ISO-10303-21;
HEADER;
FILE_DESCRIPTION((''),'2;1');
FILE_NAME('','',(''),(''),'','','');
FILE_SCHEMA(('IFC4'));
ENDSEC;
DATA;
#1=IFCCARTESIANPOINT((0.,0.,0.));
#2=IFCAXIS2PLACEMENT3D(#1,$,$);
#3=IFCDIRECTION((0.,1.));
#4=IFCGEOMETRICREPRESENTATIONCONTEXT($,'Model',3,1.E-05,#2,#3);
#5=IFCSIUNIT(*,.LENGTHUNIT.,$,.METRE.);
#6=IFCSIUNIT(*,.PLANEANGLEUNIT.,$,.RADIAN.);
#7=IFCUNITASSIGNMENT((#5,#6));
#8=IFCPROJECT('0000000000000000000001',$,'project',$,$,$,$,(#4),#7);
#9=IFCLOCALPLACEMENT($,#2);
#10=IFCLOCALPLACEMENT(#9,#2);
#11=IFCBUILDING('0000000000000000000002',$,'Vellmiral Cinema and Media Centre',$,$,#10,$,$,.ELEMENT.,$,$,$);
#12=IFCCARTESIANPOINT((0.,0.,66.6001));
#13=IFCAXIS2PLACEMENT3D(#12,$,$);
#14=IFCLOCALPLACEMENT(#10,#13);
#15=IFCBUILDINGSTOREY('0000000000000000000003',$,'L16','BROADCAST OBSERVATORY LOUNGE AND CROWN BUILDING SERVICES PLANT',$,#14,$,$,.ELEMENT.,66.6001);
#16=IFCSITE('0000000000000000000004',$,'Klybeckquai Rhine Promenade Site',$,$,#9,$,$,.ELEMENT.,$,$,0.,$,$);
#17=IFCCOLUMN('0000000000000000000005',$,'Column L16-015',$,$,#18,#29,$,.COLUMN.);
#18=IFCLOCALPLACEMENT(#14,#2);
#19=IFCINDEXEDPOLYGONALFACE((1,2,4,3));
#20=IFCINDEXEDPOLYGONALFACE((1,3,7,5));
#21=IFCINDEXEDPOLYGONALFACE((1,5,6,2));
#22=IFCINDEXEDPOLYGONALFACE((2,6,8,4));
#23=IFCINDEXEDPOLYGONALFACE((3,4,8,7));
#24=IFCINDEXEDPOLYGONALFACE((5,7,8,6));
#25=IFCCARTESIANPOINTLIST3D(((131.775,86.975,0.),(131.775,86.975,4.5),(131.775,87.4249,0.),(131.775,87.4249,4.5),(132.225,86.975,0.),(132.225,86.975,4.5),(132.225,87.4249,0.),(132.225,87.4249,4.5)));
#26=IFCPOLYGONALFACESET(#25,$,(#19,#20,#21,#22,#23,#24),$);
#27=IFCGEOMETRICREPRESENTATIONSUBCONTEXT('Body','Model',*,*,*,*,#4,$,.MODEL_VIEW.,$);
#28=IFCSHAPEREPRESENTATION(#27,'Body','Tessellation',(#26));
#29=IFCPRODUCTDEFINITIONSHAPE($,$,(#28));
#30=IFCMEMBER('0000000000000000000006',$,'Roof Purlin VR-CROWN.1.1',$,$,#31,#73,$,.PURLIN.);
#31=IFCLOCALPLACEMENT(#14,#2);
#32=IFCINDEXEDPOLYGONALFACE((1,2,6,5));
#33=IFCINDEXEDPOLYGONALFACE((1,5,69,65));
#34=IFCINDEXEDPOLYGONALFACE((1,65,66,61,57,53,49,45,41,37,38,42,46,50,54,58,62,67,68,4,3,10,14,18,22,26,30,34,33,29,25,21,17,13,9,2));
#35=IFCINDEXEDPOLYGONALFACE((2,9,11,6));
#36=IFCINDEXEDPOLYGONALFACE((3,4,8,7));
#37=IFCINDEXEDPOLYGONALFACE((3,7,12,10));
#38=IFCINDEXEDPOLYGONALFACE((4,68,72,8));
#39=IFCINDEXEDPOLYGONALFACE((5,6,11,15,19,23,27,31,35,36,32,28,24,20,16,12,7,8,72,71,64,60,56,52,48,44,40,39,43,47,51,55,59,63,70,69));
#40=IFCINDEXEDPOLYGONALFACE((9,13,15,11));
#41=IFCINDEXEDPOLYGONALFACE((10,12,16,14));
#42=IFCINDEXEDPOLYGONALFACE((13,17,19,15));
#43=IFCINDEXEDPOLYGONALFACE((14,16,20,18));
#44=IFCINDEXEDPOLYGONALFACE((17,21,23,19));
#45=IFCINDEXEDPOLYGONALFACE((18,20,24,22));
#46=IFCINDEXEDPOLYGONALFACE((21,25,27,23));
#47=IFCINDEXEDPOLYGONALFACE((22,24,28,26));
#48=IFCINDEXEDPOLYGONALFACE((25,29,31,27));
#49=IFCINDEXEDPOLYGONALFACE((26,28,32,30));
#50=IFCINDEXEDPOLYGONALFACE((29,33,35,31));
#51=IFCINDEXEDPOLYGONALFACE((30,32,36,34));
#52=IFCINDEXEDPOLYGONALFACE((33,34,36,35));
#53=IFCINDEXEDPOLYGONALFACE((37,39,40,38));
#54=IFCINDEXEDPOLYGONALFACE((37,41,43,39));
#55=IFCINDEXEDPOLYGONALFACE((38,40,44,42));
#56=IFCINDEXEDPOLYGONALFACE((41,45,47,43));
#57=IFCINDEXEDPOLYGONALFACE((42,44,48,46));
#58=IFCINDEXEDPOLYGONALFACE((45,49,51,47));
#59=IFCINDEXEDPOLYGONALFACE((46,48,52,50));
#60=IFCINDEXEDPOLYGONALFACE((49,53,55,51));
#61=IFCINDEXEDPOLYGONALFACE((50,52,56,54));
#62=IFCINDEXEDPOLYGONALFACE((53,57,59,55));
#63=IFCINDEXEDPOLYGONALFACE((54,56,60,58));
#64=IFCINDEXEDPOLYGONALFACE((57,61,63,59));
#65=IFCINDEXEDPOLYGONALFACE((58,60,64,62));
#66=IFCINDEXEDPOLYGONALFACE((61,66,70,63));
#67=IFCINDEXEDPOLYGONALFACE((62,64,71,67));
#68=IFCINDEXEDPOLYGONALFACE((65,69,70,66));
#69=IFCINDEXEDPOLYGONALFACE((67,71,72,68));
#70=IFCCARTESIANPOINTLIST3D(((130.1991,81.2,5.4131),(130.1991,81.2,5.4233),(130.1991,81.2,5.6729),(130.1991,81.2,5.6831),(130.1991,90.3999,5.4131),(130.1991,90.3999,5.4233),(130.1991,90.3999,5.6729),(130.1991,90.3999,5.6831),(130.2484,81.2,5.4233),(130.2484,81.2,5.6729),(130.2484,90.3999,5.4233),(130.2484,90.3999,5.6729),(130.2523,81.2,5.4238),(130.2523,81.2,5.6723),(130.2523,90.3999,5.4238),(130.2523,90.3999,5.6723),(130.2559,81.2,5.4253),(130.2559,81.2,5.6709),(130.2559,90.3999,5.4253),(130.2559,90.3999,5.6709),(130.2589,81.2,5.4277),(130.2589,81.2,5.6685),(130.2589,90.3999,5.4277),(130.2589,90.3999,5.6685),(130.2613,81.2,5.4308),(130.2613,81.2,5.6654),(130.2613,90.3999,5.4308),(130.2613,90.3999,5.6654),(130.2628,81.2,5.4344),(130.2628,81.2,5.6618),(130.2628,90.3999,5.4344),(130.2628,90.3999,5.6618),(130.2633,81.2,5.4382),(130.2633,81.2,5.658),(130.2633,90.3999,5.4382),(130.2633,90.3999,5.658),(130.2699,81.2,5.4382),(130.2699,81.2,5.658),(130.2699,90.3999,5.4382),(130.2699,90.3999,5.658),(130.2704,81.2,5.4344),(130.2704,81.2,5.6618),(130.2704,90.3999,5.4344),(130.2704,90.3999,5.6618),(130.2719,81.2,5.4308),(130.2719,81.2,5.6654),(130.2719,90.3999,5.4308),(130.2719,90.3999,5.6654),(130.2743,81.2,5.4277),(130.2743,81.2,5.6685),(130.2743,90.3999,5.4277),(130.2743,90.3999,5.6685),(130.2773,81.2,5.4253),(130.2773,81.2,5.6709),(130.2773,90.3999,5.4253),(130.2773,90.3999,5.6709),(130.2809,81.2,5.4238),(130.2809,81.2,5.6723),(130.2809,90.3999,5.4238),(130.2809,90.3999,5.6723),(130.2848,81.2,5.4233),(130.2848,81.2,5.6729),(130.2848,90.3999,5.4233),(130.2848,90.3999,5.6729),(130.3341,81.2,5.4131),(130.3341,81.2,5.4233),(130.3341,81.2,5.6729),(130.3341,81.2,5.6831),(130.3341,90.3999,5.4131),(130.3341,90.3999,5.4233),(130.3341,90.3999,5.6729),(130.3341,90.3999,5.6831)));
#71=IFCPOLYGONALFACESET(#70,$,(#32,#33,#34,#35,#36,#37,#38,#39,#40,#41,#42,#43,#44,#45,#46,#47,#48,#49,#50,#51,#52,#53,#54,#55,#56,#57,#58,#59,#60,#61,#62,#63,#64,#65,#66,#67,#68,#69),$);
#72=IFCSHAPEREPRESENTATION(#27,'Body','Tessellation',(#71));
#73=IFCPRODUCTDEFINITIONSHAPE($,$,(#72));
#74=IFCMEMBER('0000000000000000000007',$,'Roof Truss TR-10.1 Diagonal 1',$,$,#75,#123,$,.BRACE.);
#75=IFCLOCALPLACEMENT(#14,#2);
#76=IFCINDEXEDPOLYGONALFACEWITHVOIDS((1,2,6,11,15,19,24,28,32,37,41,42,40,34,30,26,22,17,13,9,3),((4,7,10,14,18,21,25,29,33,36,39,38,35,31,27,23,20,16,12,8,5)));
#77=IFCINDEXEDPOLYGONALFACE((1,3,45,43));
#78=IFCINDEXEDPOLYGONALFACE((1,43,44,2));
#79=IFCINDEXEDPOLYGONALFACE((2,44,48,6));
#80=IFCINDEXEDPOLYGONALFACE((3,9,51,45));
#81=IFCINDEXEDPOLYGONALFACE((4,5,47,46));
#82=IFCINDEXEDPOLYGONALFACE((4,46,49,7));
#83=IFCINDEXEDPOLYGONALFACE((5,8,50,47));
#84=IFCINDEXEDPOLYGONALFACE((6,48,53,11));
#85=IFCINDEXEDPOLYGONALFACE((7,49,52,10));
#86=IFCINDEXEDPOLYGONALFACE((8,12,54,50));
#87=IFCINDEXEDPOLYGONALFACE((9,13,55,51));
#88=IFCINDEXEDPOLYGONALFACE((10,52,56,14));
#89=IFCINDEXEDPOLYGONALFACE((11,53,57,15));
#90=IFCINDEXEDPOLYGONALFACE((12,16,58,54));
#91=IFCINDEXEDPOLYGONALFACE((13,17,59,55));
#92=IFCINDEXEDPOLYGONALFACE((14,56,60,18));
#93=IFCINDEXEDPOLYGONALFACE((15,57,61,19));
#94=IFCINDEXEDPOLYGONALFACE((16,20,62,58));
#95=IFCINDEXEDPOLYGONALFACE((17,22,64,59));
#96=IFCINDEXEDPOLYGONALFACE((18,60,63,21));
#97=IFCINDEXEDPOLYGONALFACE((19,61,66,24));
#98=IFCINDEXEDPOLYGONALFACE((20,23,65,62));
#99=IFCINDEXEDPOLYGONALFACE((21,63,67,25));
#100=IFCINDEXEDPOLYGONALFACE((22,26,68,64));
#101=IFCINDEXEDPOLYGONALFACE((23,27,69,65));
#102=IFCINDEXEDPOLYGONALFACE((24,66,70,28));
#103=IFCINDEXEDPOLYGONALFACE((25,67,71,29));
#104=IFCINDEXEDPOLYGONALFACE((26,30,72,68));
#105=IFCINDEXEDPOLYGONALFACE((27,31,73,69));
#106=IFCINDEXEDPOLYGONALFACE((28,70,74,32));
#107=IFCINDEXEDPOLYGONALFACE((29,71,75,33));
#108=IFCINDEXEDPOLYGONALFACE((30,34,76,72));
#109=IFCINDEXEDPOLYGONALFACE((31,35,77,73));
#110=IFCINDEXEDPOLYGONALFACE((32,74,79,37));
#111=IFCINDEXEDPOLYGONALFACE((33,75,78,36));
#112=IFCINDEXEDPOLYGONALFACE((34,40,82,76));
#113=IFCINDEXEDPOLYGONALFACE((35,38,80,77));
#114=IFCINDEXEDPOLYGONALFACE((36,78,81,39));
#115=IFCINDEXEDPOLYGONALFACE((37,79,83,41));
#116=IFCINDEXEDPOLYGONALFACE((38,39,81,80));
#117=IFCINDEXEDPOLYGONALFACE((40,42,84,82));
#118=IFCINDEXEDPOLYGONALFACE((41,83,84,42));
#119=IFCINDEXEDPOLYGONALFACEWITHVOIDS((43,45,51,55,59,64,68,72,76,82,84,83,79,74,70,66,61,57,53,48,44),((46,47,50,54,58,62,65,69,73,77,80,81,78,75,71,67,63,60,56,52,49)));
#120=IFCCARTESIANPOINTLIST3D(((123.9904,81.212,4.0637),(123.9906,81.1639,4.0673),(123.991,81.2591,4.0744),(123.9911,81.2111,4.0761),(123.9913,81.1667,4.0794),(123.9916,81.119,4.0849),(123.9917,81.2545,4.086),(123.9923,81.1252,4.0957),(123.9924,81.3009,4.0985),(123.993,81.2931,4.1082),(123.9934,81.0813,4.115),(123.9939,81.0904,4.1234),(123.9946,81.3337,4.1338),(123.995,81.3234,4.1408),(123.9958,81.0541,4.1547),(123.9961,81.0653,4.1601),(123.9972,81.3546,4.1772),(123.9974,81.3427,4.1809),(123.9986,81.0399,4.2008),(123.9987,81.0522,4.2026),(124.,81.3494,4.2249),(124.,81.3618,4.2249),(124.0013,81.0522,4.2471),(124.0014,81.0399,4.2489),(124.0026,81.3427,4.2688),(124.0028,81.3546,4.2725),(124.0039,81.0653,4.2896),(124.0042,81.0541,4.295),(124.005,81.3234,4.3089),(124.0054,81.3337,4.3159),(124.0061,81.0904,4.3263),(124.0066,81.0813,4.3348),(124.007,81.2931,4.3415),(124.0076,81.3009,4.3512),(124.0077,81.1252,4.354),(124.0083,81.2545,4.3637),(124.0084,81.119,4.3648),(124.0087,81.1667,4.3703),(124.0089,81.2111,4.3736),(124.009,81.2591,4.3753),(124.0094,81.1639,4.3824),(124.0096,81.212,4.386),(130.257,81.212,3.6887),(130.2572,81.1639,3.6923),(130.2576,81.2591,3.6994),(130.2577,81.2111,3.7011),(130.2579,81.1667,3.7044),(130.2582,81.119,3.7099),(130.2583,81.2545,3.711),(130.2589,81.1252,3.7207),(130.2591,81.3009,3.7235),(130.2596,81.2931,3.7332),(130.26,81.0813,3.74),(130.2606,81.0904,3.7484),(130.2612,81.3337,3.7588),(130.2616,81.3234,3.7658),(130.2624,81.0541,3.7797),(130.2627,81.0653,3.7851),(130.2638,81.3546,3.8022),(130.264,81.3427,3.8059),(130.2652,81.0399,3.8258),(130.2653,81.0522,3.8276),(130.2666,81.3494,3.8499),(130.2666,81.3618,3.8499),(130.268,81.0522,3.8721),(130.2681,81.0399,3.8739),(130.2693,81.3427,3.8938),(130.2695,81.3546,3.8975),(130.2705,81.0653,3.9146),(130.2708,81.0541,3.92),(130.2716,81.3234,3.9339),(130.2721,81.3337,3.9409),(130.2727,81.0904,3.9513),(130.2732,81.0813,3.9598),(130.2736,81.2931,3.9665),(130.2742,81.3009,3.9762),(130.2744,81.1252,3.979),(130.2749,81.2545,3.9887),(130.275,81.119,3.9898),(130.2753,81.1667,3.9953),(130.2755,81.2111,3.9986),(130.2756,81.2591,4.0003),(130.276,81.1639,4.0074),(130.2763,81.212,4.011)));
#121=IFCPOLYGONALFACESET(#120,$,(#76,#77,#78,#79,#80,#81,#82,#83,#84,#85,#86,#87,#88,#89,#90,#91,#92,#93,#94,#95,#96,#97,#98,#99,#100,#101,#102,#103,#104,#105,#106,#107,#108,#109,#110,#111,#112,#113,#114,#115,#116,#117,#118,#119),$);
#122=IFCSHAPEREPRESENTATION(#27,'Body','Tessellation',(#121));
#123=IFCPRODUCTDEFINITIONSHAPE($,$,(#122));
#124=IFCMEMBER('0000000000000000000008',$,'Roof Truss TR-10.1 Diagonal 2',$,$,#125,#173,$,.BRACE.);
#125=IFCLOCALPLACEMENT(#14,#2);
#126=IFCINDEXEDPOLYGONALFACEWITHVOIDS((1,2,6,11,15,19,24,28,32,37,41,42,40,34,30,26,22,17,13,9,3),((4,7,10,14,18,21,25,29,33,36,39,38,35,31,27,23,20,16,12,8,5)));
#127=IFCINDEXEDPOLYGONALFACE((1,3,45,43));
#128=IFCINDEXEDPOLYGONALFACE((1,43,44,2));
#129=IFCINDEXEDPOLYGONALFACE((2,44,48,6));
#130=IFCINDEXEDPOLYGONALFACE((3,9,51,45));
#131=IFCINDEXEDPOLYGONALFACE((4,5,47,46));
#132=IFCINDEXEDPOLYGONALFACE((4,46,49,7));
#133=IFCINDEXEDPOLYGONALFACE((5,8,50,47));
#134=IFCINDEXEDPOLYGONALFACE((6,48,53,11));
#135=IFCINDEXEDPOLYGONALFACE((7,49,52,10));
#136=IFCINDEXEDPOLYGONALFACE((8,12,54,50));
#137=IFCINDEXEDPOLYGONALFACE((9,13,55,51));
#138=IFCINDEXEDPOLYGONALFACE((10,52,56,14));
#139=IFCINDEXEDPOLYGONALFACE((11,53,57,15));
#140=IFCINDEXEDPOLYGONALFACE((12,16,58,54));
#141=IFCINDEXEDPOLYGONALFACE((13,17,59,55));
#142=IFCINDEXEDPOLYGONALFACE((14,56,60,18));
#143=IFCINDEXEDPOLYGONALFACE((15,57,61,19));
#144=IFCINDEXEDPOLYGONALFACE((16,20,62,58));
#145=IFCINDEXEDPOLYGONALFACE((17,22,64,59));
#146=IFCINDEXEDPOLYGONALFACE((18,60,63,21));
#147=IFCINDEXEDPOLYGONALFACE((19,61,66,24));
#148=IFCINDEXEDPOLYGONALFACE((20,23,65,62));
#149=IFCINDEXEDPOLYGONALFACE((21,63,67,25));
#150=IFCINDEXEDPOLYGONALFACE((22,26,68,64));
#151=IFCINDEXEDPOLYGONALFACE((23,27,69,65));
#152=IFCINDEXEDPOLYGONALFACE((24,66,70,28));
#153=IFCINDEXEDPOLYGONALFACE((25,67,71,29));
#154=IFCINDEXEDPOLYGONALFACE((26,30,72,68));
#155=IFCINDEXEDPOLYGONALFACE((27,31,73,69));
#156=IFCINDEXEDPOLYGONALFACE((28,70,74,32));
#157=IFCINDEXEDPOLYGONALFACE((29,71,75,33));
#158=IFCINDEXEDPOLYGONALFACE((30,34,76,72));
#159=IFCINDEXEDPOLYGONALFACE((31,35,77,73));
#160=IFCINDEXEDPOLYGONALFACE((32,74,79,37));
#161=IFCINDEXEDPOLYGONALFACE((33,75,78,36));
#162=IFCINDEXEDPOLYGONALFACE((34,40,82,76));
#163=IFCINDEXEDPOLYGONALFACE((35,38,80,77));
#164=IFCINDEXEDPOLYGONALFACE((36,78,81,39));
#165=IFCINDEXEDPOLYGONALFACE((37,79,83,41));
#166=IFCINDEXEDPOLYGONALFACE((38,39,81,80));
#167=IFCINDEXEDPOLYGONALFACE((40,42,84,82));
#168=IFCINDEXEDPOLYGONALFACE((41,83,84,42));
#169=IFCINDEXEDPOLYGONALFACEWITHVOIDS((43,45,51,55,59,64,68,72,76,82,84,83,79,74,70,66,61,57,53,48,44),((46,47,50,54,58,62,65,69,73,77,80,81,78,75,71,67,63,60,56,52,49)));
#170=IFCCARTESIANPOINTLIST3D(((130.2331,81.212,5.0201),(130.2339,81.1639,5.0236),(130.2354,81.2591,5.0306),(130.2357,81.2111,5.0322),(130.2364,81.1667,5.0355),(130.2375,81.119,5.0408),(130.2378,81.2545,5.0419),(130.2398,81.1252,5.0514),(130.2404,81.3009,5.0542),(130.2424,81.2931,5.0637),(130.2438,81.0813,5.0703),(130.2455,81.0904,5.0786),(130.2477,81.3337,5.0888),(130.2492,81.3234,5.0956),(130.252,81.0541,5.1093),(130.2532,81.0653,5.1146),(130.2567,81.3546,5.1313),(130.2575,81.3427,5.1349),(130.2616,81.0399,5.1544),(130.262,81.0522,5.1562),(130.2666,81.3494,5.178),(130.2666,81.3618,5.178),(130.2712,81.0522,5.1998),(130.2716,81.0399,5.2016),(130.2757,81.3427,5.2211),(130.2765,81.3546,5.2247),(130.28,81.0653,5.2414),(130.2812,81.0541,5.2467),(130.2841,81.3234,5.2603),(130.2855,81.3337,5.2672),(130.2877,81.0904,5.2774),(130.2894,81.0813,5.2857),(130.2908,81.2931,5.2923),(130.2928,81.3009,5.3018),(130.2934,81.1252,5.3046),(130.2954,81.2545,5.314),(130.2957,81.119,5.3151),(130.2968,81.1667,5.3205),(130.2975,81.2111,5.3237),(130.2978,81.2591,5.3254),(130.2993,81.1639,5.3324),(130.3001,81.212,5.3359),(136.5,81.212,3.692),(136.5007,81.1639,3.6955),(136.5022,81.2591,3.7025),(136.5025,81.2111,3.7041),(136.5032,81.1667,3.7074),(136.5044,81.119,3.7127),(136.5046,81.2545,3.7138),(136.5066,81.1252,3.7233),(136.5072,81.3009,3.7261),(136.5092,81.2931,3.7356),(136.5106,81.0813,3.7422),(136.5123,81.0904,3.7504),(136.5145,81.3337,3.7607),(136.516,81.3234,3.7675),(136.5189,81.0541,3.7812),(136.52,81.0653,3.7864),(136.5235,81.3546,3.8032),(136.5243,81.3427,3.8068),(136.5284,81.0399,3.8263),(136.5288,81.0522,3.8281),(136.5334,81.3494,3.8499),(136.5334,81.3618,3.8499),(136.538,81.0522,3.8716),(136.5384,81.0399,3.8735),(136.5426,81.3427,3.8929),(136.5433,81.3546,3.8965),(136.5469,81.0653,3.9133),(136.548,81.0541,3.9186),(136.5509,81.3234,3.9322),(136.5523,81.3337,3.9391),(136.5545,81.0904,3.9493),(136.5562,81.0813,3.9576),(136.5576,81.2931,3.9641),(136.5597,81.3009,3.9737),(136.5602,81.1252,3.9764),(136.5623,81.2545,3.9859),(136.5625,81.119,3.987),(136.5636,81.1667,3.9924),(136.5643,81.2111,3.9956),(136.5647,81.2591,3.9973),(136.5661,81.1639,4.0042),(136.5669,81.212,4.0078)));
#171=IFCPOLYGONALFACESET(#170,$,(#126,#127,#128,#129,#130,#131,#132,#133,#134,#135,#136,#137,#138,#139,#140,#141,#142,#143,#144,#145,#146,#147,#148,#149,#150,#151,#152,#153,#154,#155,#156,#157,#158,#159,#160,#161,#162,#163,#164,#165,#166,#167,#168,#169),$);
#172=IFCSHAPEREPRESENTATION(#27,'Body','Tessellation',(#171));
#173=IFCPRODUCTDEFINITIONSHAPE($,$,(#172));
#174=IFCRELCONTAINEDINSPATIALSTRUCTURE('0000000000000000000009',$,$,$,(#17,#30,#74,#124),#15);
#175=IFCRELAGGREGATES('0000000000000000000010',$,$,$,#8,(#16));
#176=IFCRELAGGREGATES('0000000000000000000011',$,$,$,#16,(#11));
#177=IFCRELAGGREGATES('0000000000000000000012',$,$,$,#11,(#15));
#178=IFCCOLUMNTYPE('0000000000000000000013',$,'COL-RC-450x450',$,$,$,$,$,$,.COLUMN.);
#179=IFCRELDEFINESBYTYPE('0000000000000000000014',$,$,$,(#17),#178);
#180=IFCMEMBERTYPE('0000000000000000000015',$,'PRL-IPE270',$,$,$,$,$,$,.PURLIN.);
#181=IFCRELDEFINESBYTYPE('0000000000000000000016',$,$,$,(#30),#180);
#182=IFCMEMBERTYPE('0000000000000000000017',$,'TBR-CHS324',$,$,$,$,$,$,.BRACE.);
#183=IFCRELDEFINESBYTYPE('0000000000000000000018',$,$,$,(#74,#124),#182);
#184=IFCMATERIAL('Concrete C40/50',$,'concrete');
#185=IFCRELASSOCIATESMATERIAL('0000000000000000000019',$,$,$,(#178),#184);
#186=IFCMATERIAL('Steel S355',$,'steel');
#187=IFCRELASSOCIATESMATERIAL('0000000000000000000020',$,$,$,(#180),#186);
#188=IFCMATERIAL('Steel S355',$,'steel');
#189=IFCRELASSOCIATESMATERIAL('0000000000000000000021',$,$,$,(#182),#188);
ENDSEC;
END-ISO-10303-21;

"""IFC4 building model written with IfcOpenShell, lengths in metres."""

from ifc_helpers import new_model, si_unit, direction, frame, origin, origin_2d, place, context, subcontext, project, spatial, rectangle, hollow_circle, i_section, extrude, material, material_profile, profile_set, type_object, element, save


model = new_model("IFC4")

# Units and contexts
model_context = context("Model", 3, precision=1e-05, world=origin(), true_north=direction((0.0, 1.0)))
body_context = subcontext(model_context, "Body", "Model", "MODEL_VIEW")
ifc_project = project(units=[si_unit("LENGTHUNIT", "METRE"), si_unit("PLANEANGLEUNIT", "RADIAN")], contexts=[model_context])

# Site, building, storey
site_placement = place(None, origin())
site = spatial("IfcSite", under=ifc_project, at=site_placement, Name="Klybeckquai Rhine Promenade Site", CompositionType="ELEMENT", RefElevation=0.0)
building_placement = place(site_placement, origin())
building = spatial("IfcBuilding", under=site, at=building_placement, Name="Vellmiral Cinema and Media Centre", CompositionType="ELEMENT")
storey_placement = place(building_placement, frame((0.0, 0.0, 66.6001)))
storey = spatial("IfcBuildingStorey", under=building, at=storey_placement, Name="L16", Description="BROADCAST OBSERVATORY LOUNGE AND CROWN BUILDING SERVICES PLANT", CompositionType="ELEMENT", Elevation=66.6001)

# Column
ifc_material_1 = material(Name="Concrete C40/50", Category="concrete")
ifc_material_profile_1 = material_profile(ifc_material_1, rectangle(XDim=0.45, YDim=0.45, at=origin_2d()), Name="RC 450x450")
ifc_profile_set_1 = profile_set([ifc_material_profile_1], Name="Concrete C40/50")
column_type = type_object("IfcColumnType", Name="COL-RC-450x450", PredefinedType="COLUMN", material=ifc_profile_set_1)
column_placement = place(storey_placement, frame((132.0, 87.2, 0.0), z_axis=(0.0, 0.0, 1.0), x_axis=(1.0, 0.0, 0.0)))
element("IfcColumn", 1, at=column_placement, inside=storey, type_object=column_type, Name="Column L16-015", PredefinedType="COLUMN", context=body_context, shape_type="SweptSolid", body=[
    extrude(rectangle(XDim=0.45, YDim=0.45, at=origin_2d()), origin(), (0.0, 0.0, 1.0), 4.5),
])

# Members
ifc_material_2 = material(Name="Steel S355", Category="steel")
ifc_material_profile_2 = material_profile(ifc_material_2, i_section(OverallWidth=0.135, OverallDepth=0.27, WebThickness=0.0066, FlangeThickness=0.0103, FilletRadius=0.0149, at=origin_2d()), Name="IPE 270")
ifc_profile_set_2 = profile_set([ifc_material_profile_2], Name="Steel S355")
member_type_1 = type_object("IfcMemberType", Name="PRL-IPE270", PredefinedType="PURLIN", material=ifc_profile_set_2)
member_1_placement = place(storey_placement, frame((130.2666, 81.2, 5.5481), z_axis=(0.0, 1.0, 0.0), x_axis=(-1.0, 0.0, 0.0)))
element("IfcMember", 2, at=member_1_placement, inside=storey, type_object=member_type_1, Name="Roof Purlin VR-CROWN.1.1", PredefinedType="PURLIN", context=body_context, shape_type="SweptSolid", body=[
    extrude(i_section(OverallWidth=0.135, OverallDepth=0.27, WebThickness=0.0066, FlangeThickness=0.0103, FilletRadius=0.0149, at=origin_2d()), origin(), (0.0, 0.0, 1.0), 9.2),
])
ifc_material_3 = material(Name="Steel S355", Category="steel")
ifc_material_profile_3 = material_profile(ifc_material_3, hollow_circle(Radius=0.1619, WallThickness=0.0125, at=origin_2d()), Name="CHS 323.9x12.5")
ifc_profile_set_3 = profile_set([ifc_material_profile_3], Name="Steel S355")
member_type_2 = type_object("IfcMemberType", Name="TBR-CHS324", PredefinedType="BRACE", material=ifc_profile_set_3)
member_2_placement = place(storey_placement, frame((124.0, 81.2, 4.2249), z_axis=(0.998214, 0.0, -0.059734), x_axis=(0.0, 1.0, 0.0)))
element("IfcMember", 3, at=member_2_placement, inside=storey, type_object=member_type_2, Name="Roof Truss TR-10.1 Diagonal 1", PredefinedType="BRACE", context=body_context, shape_type="SweptSolid", body=[
    extrude(hollow_circle(Radius=0.1619, WallThickness=0.0125, at=origin_2d()), origin(), (0.0, 0.0, 1.0), 6.2778),
])
member_3_placement = place(storey_placement, frame((130.2666, 81.2, 5.178), z_axis=(0.978272, 0.0, -0.207324), x_axis=(0.0, 1.0, 0.0)))
element("IfcMember", 4, at=member_3_placement, inside=storey, type_object=member_type_2, Name="Roof Truss TR-10.1 Diagonal 2", PredefinedType="BRACE", context=body_context, shape_type="SweptSolid", body=[
    extrude(hollow_circle(Radius=0.1619, WallThickness=0.0125, at=origin_2d()), origin(), (0.0, 0.0, 1.0), 6.406),
])

save(model, "model.ifc")
